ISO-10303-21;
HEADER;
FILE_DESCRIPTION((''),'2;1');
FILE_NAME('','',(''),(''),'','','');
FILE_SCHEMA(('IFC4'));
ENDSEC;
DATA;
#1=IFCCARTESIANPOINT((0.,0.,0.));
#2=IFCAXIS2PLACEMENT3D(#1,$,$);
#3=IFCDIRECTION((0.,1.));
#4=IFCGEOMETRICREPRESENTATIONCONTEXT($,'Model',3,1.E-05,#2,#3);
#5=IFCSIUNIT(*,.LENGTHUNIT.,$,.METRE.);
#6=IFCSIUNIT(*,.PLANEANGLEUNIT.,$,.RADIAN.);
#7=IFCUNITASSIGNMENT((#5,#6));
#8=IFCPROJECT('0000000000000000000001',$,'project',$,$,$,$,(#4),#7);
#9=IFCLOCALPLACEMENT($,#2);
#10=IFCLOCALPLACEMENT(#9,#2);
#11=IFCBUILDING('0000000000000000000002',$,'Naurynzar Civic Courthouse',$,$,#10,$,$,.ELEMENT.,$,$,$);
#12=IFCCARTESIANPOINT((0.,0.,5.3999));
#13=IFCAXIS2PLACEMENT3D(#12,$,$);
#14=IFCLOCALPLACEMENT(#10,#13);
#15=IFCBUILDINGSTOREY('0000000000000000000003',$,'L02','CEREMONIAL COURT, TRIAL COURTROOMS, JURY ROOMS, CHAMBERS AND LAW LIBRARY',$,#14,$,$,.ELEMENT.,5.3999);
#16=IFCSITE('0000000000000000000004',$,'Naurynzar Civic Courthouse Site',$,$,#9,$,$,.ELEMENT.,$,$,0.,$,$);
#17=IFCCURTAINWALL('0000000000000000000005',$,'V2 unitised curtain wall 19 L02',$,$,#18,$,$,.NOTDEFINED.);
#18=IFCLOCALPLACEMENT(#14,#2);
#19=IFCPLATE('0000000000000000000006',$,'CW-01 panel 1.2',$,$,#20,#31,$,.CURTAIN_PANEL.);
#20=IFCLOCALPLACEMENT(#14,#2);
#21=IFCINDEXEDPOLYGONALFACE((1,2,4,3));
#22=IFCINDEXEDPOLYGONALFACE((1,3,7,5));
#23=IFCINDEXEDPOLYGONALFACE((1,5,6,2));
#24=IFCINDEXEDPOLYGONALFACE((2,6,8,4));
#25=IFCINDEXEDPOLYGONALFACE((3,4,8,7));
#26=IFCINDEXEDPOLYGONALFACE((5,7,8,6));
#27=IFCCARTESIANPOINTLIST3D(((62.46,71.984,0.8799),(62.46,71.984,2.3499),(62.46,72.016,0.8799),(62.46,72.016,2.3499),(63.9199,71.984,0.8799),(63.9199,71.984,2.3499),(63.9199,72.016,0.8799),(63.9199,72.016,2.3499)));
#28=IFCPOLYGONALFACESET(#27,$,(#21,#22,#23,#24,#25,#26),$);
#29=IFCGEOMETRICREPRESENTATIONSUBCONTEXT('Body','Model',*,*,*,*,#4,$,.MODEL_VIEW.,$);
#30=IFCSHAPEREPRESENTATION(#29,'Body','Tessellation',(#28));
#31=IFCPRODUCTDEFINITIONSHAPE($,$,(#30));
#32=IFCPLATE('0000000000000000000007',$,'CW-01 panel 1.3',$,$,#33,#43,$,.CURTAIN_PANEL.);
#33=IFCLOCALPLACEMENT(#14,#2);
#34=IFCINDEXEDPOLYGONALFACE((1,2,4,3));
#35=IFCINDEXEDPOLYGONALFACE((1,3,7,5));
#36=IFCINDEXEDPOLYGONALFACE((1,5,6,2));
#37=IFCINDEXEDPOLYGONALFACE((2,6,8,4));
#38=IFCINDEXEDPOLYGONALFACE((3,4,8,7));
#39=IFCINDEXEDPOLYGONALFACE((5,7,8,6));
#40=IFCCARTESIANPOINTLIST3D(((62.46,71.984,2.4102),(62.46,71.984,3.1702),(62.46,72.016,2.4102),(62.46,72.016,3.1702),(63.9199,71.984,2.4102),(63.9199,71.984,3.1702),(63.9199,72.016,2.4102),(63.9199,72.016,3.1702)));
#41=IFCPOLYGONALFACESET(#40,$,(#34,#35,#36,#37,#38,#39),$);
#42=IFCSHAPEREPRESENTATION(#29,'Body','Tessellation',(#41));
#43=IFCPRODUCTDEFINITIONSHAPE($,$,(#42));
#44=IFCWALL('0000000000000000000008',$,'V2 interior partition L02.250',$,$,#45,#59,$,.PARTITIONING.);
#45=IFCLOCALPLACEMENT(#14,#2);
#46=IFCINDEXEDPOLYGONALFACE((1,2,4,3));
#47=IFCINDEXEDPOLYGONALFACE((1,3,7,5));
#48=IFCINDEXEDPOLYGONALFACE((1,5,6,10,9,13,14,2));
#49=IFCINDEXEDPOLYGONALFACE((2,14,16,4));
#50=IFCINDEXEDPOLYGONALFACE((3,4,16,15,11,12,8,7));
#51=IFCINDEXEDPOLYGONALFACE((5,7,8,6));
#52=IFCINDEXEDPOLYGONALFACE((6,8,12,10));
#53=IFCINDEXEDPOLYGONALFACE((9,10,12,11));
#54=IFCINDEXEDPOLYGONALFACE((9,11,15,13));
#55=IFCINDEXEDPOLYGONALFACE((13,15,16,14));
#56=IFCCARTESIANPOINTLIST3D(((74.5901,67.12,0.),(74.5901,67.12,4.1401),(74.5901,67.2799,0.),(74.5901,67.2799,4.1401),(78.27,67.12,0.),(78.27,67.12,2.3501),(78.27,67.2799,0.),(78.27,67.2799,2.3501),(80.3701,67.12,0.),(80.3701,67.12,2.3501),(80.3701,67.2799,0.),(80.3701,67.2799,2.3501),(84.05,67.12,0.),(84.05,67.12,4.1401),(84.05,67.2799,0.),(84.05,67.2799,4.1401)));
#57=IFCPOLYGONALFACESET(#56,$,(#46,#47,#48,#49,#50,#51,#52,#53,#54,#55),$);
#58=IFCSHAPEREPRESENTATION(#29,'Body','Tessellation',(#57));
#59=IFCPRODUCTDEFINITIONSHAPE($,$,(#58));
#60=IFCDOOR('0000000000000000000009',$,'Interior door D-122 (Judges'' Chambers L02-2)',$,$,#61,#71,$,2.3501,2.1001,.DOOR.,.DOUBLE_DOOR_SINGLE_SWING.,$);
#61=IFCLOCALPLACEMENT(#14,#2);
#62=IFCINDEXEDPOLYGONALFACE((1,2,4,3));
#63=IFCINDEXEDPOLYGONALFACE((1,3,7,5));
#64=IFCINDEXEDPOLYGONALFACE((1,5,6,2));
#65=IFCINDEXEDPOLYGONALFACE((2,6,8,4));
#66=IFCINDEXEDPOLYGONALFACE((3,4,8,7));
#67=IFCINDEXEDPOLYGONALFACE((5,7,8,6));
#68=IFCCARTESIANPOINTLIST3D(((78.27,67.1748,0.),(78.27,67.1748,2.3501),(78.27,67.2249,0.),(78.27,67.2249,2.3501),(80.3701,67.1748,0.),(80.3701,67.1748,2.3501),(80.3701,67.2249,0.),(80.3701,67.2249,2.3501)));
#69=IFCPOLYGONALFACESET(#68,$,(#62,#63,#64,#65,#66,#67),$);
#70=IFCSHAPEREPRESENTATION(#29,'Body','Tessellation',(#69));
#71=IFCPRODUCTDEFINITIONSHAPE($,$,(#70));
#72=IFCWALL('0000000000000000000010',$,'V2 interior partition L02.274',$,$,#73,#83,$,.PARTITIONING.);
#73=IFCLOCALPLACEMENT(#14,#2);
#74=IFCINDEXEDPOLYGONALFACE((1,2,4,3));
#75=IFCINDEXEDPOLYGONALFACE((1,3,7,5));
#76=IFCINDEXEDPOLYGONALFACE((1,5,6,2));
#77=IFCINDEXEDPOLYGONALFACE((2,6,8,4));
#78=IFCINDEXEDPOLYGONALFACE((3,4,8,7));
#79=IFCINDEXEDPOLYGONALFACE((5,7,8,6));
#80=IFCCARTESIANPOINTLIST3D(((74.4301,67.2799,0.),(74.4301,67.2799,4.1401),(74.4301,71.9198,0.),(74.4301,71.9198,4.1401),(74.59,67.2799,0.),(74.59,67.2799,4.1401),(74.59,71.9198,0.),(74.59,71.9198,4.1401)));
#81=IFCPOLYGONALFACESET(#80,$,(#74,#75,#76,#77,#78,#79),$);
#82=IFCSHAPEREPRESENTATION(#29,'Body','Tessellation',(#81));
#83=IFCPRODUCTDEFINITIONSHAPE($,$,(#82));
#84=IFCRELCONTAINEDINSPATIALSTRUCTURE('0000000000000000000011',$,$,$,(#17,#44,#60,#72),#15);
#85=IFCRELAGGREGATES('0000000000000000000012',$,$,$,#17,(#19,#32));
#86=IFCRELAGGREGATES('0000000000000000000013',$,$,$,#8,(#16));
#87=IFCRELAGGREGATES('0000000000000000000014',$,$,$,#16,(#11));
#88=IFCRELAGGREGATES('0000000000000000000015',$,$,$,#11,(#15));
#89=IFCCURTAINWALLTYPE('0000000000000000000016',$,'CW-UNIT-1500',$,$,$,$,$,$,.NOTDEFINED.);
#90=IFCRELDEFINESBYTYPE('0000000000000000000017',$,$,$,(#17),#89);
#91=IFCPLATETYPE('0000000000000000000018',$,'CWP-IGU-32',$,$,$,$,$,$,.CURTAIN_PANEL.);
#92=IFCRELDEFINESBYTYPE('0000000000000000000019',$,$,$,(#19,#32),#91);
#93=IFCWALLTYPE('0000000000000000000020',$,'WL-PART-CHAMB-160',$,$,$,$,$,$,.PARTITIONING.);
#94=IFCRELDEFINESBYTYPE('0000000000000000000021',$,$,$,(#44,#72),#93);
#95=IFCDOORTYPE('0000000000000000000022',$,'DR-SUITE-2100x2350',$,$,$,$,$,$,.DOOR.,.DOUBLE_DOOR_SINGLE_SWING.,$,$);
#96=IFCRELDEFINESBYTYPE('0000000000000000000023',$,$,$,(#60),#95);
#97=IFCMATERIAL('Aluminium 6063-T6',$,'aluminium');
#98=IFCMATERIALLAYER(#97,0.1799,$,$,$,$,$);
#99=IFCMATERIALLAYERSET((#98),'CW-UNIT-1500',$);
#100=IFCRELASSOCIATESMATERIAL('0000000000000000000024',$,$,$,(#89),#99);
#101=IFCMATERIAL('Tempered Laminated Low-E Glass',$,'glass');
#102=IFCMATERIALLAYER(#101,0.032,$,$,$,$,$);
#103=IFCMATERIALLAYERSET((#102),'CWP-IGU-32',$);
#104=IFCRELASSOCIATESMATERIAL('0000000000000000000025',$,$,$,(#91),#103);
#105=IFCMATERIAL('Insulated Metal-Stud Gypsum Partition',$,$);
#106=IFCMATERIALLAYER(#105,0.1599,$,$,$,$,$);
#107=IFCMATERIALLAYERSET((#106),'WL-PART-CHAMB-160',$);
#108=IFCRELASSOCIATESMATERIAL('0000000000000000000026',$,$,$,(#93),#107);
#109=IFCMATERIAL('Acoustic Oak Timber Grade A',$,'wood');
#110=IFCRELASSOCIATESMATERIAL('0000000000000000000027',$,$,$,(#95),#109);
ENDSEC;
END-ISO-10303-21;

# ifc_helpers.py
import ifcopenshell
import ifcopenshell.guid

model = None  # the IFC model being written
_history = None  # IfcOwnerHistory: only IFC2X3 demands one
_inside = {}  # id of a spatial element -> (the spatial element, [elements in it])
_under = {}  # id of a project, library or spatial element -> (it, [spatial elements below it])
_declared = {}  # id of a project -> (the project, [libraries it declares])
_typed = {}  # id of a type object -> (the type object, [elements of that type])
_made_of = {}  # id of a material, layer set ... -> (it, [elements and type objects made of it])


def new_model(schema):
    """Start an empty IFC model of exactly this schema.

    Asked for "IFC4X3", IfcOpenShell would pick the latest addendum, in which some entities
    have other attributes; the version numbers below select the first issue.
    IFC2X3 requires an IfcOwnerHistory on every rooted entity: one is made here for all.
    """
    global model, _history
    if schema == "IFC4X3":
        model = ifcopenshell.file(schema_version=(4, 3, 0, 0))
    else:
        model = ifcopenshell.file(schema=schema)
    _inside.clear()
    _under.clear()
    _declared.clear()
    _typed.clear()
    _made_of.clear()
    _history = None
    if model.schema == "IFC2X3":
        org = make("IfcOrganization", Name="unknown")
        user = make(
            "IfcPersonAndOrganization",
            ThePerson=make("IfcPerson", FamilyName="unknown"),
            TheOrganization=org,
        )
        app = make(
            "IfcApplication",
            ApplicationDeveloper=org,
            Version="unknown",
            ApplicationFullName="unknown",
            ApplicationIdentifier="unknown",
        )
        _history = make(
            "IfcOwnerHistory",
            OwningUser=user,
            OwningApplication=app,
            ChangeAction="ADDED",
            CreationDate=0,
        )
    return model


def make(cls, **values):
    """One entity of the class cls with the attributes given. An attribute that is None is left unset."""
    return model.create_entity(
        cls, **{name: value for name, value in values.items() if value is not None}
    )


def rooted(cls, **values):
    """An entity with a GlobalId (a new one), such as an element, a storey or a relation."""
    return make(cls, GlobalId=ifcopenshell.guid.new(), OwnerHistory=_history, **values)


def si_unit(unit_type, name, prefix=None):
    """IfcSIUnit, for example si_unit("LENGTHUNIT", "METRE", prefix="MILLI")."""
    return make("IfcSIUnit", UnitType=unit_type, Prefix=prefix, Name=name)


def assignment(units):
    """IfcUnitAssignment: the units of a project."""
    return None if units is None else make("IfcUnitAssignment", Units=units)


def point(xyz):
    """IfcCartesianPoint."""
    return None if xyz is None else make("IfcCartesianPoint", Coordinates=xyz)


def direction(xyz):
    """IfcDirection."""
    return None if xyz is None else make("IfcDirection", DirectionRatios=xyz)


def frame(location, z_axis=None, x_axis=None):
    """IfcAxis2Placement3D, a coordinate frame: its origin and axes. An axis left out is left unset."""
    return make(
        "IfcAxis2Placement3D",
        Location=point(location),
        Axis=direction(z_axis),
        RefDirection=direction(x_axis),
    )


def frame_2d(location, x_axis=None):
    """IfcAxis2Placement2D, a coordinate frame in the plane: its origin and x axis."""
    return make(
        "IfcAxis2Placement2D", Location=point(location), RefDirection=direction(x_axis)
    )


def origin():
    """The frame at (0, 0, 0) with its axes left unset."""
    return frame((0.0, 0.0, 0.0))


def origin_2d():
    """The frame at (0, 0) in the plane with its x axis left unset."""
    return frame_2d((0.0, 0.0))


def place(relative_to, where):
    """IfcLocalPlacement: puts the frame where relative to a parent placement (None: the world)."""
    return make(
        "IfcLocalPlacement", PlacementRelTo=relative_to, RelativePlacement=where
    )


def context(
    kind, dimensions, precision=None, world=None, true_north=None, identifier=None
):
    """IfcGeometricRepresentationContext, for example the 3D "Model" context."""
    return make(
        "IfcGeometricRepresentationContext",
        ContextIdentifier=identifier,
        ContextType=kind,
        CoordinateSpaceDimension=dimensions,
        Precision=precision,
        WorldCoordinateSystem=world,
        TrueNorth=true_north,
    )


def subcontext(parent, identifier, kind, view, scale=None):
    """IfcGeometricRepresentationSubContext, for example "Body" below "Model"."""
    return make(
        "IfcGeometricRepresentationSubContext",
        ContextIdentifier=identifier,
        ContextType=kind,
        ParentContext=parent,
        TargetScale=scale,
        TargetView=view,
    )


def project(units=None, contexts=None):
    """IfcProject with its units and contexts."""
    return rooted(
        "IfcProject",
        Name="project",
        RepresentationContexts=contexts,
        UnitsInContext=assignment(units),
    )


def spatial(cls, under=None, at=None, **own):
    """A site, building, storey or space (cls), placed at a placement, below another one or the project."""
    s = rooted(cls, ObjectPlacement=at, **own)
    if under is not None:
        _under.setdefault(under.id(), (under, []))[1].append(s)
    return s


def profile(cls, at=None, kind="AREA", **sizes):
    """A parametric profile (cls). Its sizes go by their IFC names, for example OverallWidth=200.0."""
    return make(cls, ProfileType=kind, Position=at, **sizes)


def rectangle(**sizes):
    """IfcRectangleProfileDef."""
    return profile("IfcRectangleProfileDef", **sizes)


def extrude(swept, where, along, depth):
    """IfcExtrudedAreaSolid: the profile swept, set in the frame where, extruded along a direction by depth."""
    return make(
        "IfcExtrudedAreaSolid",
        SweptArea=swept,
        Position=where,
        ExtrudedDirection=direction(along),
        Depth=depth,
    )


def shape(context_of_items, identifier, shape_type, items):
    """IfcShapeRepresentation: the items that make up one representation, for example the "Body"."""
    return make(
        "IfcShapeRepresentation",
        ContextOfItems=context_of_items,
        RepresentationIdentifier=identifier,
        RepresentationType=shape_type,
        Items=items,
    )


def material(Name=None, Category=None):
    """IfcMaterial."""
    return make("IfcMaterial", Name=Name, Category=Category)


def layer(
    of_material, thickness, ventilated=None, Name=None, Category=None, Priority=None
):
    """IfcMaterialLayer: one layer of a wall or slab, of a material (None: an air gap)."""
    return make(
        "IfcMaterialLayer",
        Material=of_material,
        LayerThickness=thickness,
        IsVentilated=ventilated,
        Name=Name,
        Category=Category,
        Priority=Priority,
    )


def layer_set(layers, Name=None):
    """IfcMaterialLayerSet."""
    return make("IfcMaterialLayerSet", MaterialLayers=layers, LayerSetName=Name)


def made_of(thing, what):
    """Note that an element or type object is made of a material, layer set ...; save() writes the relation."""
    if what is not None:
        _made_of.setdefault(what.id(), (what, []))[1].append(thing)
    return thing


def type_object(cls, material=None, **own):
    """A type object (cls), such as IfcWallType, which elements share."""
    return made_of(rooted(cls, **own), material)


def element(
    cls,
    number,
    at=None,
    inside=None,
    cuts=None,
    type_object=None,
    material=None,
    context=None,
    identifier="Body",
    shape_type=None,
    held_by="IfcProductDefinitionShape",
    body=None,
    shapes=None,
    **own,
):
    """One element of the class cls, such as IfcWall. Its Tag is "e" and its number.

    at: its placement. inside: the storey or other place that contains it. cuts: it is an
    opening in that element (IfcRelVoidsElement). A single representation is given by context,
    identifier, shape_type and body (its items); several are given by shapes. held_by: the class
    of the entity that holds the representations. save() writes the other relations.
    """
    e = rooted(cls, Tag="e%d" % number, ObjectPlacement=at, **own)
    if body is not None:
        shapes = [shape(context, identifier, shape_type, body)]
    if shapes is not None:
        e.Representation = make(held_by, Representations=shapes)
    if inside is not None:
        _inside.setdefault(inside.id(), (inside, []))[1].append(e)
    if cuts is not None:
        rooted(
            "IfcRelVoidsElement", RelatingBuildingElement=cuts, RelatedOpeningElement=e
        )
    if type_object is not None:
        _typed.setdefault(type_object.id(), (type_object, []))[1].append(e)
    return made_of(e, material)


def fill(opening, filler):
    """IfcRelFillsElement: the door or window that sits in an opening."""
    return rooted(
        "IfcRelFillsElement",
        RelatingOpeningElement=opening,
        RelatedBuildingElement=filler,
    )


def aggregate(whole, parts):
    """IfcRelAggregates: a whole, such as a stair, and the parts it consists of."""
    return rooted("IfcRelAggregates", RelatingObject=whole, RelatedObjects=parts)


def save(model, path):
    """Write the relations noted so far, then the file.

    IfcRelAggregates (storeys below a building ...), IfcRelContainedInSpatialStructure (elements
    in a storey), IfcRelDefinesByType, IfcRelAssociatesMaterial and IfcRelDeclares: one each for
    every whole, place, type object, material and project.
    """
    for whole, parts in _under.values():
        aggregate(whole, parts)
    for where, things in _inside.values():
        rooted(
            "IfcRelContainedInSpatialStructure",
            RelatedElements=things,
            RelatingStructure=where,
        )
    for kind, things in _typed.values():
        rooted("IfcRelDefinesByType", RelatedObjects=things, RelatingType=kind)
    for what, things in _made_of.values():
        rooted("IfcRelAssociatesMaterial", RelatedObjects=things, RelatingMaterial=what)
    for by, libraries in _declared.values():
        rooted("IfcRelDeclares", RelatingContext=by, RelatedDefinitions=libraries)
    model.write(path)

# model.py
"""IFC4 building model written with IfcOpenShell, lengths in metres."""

from ifc_helpers import new_model, si_unit, direction, frame, frame_2d, origin, origin_2d, place, context, subcontext, project, spatial, rectangle, extrude, material, layer, layer_set, type_object, element, fill, aggregate, save


model = new_model("IFC4")

# Units and contexts
model_context = context("Model", 3, precision=1e-05, world=origin(), true_north=direction((0.0, 1.0)))
body_context = subcontext(model_context, "Body", "Model", "MODEL_VIEW")
ifc_project = project(units=[si_unit("LENGTHUNIT", "METRE"), si_unit("PLANEANGLEUNIT", "RADIAN")], contexts=[model_context])

# Site, building, storey
site_placement = place(None, origin())
site = spatial("IfcSite", under=ifc_project, at=site_placement, Name="Naurynzar Civic Courthouse Site", CompositionType="ELEMENT", RefElevation=0.0)
building_placement = place(site_placement, origin())
building = spatial("IfcBuilding", under=site, at=building_placement, Name="Naurynzar Civic Courthouse", CompositionType="ELEMENT")
storey_placement = place(building_placement, frame((0.0, 0.0, 5.3999)))
storey = spatial("IfcBuildingStorey", under=building, at=storey_placement, Name="L02", Description="CEREMONIAL COURT, TRIAL COURTROOMS, JURY ROOMS, CHAMBERS AND LAW LIBRARY", CompositionType="ELEMENT", Elevation=5.3999)

# Curtain wall, plates
ifc_material_1 = material(Name="Aluminium 6063-T6", Category="aluminium")
ifc_layer_1 = layer(ifc_material_1, 0.1799)
ifc_layer_set_1 = layer_set([ifc_layer_1], Name="CW-UNIT-1500")
curtain_wall_type = type_object("IfcCurtainWallType", Name="CW-UNIT-1500", PredefinedType="NOTDEFINED", material=ifc_layer_set_1)
curtain_wall_placement = place(storey_placement, origin())
curtain_wall = element("IfcCurtainWall", 1, at=curtain_wall_placement, inside=storey, type_object=curtain_wall_type, Name="V2 unitised curtain wall 19 L02", PredefinedType="NOTDEFINED")
ifc_material_2 = material(Name="Tempered Laminated Low-E Glass", Category="glass")
ifc_layer_2 = layer(ifc_material_2, 0.032)
ifc_layer_set_2 = layer_set([ifc_layer_2], Name="CWP-IGU-32")
plate_type = type_object("IfcPlateType", Name="CWP-IGU-32", PredefinedType="CURTAIN_PANEL", material=ifc_layer_set_2)
plate_1_placement = place(storey_placement, frame((63.1899, 72.0, 0.8799), z_axis=(0.0, 0.0, 1.0), x_axis=(1.0, 0.0, 0.0)))
plate_1 = element("IfcPlate", 2, at=plate_1_placement, type_object=plate_type, Name="CW-01 panel 1.2", PredefinedType="CURTAIN_PANEL", context=body_context, shape_type="SweptSolid", body=[
    extrude(rectangle(XDim=1.46, YDim=0.032, at=origin_2d()), origin(), (0.0, 0.0, 1.0), 1.47),
])
plate_2_placement = place(storey_placement, frame((63.1899, 72.0, 2.4102), z_axis=(0.0, 0.0, 1.0), x_axis=(1.0, 0.0, 0.0)))
plate_2 = element("IfcPlate", 3, at=plate_2_placement, type_object=plate_type, Name="CW-01 panel 1.3", PredefinedType="CURTAIN_PANEL", context=body_context, shape_type="SweptSolid", body=[
    extrude(rectangle(XDim=1.46, YDim=0.032, at=origin_2d()), origin(), (0.0, 0.0, 1.0), 0.76),
])
aggregate(curtain_wall, [plate_1, plate_2])

# Wall, opening, door
ifc_material_3 = material(Name="Insulated Metal-Stud Gypsum Partition")
ifc_layer_3 = layer(ifc_material_3, 0.1599)
ifc_layer_set_3 = layer_set([ifc_layer_3], Name="WL-PART-CHAMB-160")
wall_type = type_object("IfcWallType", Name="WL-PART-CHAMB-160", PredefinedType="PARTITIONING", material=ifc_layer_set_3)
wall_1_placement = place(storey_placement, frame((74.5901, 67.2, 0.0), z_axis=(0.0, 0.0, 1.0), x_axis=(1.0, 0.0, 0.0)))
wall_1 = element("IfcWall", 4, at=wall_1_placement, inside=storey, type_object=wall_type, Name="V2 interior partition L02.250", PredefinedType="PARTITIONING", context=body_context, shape_type="SweptSolid", body=[
    extrude(rectangle(XDim=9.46, YDim=0.1599, at=frame_2d((4.73, 0.0))), origin(), (0.0, 0.0, 1.0), 4.1401),
])
opening_placement = place(wall_1_placement, frame((3.6799, 0.0, 0.0)))
opening = element("IfcOpeningElement", 5, at=opening_placement, cuts=wall_1, PredefinedType="OPENING", context=body_context, shape_type="SweptSolid", body=[
    extrude(rectangle(XDim=2.1001, YDim=2.3501, at=frame_2d((1.05, 1.175))), frame((0.0, 0.0898, 0.0), z_axis=(0.0, -1.0, 0.0), x_axis=(1.0, 0.0, 0.0)), (0.0, 0.0, 1.0), 0.1799),
])
ifc_material_4 = material(Name="Acoustic Oak Timber Grade A", Category="wood")
door_type = type_object("IfcDoorType", Name="DR-SUITE-2100x2350", OperationType="DOUBLE_DOOR_SINGLE_SWING", PredefinedType="DOOR", material=ifc_material_4)
door_placement = place(opening_placement, origin())
door = element("IfcDoor", 6, at=door_placement, inside=storey, type_object=door_type, Name="Interior door D-122 (Judges' Chambers L02-2)", OperationType="DOUBLE_DOOR_SINGLE_SWING", OverallHeight=2.3501, OverallWidth=2.1001, PredefinedType="DOOR", context=body_context, shape_type="SweptSolid", body=[
    extrude(rectangle(XDim=2.1001, YDim=2.3501, at=frame_2d((1.05, 1.175))), frame((0.0, 0.0249, 0.0), z_axis=(0.0, -1.0, 0.0), x_axis=(1.0, 0.0, 0.0)), (0.0, 0.0, 1.0), 0.05),
])
fill(opening, door)

# Wall
wall_2_placement = place(storey_placement, frame((74.51, 67.28, 0.0), z_axis=(0.0, 0.0, 1.0), x_axis=(0.0, 1.0, 0.0)))
element("IfcWall", 7, at=wall_2_placement, inside=storey, type_object=wall_type, Name="V2 interior partition L02.274", PredefinedType="PARTITIONING", context=body_context, shape_type="SweptSolid", body=[
    extrude(rectangle(XDim=4.6399, YDim=0.1599, at=frame_2d((2.3198, 0.0))), origin(), (0.0, 0.0, 1.0), 4.1401),
])

save(model, "model.ifc")
